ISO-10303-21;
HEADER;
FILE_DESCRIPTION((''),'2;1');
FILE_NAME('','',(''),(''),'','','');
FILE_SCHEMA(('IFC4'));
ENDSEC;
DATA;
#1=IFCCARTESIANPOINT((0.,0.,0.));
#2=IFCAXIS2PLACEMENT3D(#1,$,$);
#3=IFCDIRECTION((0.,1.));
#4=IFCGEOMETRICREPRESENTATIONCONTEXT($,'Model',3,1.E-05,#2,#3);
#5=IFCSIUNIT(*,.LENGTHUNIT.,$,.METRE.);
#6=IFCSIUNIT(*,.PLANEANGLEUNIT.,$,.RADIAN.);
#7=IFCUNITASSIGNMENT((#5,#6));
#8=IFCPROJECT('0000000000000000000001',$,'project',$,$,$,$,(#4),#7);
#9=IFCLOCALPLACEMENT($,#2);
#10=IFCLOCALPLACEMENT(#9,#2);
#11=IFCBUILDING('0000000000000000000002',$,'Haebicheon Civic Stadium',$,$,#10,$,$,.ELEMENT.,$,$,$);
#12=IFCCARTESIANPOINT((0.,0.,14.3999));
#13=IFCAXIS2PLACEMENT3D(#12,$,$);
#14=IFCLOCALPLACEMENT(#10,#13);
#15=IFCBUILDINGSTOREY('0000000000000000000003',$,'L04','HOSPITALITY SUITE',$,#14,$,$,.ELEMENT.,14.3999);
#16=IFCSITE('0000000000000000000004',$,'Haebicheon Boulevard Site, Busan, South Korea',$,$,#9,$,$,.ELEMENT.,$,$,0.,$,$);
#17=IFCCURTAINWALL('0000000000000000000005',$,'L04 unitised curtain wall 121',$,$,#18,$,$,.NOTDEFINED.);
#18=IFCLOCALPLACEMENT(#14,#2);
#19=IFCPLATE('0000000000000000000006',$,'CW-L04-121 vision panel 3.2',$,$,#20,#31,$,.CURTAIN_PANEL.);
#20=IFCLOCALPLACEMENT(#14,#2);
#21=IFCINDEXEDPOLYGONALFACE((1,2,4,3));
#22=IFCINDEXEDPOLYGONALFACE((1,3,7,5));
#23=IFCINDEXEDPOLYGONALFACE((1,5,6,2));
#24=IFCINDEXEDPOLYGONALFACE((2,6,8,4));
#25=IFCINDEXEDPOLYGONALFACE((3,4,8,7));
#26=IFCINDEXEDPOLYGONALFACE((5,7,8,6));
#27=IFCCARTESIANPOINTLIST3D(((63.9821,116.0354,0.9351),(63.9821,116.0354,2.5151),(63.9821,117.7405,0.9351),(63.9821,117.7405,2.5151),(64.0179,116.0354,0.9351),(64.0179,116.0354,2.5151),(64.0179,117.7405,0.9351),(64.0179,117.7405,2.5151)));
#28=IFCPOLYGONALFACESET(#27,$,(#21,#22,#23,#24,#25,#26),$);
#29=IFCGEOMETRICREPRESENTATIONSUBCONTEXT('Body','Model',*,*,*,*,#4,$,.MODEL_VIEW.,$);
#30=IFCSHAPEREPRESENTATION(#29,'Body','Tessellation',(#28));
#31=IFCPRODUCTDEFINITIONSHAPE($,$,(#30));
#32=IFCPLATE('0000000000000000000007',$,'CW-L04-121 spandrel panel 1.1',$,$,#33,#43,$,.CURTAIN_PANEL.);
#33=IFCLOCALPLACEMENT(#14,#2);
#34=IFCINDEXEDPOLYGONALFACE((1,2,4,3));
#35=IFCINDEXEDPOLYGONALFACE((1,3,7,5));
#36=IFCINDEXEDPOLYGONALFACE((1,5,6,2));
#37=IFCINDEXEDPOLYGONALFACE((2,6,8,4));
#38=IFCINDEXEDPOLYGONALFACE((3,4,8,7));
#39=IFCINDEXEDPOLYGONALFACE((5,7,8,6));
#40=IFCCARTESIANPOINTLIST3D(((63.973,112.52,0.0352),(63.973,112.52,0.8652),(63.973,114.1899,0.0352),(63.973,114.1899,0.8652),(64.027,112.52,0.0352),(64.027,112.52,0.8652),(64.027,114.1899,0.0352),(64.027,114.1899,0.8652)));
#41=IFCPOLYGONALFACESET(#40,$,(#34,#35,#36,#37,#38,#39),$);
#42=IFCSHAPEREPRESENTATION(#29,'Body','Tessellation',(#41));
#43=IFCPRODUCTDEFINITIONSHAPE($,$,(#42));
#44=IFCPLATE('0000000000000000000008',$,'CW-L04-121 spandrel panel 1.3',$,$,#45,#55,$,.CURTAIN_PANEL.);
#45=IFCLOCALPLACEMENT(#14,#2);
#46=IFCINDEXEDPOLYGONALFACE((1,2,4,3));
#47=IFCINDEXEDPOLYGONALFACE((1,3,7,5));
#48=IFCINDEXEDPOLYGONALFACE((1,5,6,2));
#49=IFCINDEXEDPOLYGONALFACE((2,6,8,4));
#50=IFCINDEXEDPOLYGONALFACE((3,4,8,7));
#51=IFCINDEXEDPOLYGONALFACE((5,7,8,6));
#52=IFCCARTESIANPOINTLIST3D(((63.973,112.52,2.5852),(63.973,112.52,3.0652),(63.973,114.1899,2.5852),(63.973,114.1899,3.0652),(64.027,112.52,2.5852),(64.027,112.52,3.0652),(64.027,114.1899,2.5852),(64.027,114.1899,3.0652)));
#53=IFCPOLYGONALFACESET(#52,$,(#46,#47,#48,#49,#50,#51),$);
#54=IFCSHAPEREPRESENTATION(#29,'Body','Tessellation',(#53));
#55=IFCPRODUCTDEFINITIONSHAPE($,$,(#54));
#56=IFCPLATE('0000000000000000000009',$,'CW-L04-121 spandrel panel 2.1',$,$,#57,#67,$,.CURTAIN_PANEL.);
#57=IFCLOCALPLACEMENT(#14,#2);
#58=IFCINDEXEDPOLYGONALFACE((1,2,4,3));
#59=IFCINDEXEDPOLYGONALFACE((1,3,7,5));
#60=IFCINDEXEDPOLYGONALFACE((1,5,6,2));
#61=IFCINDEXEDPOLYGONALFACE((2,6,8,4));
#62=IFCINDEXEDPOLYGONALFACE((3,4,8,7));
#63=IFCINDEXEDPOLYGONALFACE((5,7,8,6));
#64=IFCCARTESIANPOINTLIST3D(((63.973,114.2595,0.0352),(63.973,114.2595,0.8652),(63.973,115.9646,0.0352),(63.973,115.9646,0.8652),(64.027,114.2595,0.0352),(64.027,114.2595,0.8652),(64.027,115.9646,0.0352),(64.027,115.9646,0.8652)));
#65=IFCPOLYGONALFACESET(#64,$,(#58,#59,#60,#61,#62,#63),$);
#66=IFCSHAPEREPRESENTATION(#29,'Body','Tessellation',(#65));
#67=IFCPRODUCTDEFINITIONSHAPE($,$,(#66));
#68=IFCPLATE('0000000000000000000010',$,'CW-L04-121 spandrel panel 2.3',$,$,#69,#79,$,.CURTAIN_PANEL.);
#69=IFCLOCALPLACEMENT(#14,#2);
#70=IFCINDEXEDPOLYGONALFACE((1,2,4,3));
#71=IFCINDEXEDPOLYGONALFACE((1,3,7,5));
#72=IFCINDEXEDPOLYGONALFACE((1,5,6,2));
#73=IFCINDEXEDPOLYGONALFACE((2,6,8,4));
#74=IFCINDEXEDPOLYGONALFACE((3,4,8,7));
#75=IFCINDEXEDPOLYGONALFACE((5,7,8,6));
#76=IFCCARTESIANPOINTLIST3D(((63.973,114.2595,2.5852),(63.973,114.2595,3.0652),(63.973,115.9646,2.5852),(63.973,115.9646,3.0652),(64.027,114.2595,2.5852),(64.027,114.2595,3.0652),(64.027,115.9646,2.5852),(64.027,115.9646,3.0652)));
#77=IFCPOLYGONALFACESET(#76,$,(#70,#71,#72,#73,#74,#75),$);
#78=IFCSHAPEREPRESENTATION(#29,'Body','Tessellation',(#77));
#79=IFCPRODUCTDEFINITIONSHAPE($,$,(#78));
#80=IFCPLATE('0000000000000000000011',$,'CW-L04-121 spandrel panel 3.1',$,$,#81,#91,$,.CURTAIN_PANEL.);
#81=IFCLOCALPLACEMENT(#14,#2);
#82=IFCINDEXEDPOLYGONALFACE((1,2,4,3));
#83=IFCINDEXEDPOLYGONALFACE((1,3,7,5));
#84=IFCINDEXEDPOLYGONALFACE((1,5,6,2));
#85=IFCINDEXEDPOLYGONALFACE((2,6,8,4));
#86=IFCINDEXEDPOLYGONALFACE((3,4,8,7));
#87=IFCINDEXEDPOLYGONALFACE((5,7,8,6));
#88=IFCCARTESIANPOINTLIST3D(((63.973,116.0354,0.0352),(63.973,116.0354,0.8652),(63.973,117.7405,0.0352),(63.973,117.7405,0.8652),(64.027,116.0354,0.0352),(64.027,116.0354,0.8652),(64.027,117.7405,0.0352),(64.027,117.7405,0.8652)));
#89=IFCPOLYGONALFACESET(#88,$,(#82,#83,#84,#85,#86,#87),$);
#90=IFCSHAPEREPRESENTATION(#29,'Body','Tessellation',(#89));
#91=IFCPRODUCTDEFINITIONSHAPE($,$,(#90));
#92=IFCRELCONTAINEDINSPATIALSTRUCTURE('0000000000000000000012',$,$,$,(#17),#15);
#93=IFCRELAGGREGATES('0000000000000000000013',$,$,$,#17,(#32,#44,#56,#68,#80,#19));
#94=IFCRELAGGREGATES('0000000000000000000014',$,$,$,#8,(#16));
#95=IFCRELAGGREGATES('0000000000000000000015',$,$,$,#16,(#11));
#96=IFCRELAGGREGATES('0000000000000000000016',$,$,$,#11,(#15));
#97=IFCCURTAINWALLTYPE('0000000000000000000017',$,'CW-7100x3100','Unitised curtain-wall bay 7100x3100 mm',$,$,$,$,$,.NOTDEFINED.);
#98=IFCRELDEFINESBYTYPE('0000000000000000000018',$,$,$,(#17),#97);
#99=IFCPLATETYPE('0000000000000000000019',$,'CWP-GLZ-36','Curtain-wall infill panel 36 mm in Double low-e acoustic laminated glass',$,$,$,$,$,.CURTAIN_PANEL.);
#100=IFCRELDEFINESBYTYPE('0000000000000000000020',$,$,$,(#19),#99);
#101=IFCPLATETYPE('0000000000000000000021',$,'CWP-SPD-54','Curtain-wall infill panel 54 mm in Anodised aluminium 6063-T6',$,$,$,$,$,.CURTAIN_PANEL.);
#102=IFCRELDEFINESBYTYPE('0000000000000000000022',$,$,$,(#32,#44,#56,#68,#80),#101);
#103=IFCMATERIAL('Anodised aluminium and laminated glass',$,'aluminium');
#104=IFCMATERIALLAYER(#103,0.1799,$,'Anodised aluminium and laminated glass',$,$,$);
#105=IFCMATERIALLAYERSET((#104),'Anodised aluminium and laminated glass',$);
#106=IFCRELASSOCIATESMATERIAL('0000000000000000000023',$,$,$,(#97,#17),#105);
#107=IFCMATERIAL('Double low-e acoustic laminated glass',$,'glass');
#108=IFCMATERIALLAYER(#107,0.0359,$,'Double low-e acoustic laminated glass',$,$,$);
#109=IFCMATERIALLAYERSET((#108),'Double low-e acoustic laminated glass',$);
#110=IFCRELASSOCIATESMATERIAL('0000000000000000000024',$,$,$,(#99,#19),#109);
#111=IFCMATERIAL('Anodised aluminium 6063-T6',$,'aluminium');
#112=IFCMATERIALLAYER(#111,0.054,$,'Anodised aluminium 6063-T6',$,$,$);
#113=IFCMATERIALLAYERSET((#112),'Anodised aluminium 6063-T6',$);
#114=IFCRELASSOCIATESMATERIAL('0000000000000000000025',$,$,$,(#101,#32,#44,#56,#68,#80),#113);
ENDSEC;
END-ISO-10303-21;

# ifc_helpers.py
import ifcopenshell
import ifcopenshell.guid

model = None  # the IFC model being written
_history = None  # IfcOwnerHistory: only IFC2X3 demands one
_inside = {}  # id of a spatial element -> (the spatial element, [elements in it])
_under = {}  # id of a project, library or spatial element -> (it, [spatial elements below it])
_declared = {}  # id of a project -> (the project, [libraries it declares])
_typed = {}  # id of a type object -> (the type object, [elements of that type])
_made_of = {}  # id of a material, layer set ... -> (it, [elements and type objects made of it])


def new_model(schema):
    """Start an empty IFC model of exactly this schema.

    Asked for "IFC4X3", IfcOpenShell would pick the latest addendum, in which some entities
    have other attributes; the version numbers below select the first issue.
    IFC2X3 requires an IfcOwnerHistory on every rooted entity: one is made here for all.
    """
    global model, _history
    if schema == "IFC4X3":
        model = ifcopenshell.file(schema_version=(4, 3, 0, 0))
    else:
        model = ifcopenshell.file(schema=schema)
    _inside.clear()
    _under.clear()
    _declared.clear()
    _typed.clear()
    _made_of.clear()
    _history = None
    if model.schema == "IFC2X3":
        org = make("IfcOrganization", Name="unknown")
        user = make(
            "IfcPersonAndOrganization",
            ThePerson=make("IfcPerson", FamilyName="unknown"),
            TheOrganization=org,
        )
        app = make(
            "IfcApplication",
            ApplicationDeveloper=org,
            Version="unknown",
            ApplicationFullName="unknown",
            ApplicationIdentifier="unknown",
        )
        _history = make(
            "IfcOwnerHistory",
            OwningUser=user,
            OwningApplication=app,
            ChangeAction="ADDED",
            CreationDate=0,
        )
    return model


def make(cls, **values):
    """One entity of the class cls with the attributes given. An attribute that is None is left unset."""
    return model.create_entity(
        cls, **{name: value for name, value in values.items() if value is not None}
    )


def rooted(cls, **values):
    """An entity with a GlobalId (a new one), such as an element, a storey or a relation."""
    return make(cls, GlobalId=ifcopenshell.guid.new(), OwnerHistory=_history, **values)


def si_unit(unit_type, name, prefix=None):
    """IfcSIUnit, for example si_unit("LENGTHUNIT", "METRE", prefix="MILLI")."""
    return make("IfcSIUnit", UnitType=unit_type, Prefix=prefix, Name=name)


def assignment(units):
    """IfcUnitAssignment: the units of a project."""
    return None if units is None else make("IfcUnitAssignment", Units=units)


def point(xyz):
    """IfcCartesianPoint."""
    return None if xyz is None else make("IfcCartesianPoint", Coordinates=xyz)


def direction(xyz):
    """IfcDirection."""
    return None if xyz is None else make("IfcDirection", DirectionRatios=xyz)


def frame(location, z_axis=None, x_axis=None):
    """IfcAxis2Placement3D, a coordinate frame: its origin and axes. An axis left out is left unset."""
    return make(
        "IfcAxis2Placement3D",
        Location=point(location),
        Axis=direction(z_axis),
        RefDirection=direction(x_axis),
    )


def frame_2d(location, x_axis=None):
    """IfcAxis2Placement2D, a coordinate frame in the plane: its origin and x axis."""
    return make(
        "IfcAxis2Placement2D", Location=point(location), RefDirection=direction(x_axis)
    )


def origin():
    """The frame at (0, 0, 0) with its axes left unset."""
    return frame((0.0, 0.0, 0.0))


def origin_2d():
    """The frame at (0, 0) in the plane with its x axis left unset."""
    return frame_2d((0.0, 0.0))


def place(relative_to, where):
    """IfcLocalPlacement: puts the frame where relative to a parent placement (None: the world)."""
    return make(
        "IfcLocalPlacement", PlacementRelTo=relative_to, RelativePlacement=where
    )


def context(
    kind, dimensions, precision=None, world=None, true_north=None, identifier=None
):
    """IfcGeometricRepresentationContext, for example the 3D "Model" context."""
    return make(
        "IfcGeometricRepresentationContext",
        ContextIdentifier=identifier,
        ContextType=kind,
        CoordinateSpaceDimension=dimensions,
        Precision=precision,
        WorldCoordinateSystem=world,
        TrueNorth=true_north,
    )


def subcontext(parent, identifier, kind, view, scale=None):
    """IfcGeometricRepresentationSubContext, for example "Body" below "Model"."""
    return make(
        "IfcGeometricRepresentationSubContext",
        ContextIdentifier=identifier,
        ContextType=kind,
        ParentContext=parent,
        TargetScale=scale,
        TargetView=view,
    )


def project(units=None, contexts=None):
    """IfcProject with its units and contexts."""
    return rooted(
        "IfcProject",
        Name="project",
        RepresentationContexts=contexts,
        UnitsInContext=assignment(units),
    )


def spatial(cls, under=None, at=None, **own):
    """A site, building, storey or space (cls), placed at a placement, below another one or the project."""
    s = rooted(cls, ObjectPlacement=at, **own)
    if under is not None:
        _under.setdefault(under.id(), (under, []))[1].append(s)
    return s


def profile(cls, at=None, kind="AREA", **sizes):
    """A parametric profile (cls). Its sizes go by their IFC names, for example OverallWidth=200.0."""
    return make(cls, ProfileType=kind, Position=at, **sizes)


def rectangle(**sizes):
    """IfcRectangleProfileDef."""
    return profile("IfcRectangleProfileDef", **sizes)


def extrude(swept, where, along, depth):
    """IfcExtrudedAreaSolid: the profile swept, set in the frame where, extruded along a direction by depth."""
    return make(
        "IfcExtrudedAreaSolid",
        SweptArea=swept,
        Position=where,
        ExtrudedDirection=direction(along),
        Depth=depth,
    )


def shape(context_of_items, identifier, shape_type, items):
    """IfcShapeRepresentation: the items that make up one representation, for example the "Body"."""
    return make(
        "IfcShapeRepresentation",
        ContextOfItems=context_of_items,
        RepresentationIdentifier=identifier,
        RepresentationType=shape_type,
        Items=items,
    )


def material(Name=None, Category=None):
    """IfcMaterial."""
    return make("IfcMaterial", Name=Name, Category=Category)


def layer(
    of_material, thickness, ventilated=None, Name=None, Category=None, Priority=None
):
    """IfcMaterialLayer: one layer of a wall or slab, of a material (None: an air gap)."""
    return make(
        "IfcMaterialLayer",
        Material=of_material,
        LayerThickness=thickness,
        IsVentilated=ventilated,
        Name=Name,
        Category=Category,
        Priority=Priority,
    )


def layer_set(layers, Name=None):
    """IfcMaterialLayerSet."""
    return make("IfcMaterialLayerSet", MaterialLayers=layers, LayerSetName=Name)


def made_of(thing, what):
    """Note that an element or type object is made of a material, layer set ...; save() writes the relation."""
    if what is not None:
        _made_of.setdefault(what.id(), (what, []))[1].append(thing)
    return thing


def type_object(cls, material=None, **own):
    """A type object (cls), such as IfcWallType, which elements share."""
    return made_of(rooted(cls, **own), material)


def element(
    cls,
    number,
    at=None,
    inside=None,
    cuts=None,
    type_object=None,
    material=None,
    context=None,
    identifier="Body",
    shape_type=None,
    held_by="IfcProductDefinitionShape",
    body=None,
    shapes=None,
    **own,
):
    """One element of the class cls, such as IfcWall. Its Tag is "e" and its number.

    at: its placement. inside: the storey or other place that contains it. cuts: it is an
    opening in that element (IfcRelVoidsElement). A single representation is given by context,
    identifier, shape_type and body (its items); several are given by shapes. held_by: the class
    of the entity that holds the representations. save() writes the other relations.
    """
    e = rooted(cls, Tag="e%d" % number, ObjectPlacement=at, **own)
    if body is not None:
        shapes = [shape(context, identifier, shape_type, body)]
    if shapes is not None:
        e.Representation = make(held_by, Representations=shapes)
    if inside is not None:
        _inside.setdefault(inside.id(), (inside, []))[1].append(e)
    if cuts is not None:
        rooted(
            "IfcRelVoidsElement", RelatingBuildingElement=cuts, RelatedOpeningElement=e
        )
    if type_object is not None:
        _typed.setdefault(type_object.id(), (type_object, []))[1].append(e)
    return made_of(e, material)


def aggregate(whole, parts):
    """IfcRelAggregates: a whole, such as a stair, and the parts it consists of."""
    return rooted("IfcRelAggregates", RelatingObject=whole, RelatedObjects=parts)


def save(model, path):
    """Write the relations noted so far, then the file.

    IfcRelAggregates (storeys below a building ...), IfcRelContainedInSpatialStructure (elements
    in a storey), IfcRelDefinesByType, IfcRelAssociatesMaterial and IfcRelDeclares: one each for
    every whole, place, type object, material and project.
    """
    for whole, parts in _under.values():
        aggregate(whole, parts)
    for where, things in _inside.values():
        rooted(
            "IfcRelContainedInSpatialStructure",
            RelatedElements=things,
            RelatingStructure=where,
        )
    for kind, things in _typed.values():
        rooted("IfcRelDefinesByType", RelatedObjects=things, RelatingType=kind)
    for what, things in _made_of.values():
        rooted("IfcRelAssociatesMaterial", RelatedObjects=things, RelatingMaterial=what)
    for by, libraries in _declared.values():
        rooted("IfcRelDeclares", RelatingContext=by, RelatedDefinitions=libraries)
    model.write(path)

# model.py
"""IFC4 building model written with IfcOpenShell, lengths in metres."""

from ifc_helpers import new_model, si_unit, direction, frame, origin, origin_2d, place, context, subcontext, project, spatial, rectangle, extrude, material, layer, layer_set, type_object, element, aggregate, save


model = new_model("IFC4")

# Units and contexts
model_context = context("Model", 3, precision=1e-05, world=origin(), true_north=direction((0.0, 1.0)))
body_context = subcontext(model_context, "Body", "Model", "MODEL_VIEW")
ifc_project = project(units=[si_unit("LENGTHUNIT", "METRE"), si_unit("PLANEANGLEUNIT", "RADIAN")], contexts=[model_context])

# Site, building, storey
site_placement = place(None, origin())
site = spatial("IfcSite", under=ifc_project, at=site_placement, Name="Haebicheon Boulevard Site, Busan, South Korea", CompositionType="ELEMENT", RefElevation=0.0)
building_placement = place(site_placement, origin())
building = spatial("IfcBuilding", under=site, at=building_placement, Name="Haebicheon Civic Stadium", CompositionType="ELEMENT")
storey_placement = place(building_placement, frame((0.0, 0.0, 14.3999)))
storey = spatial("IfcBuildingStorey", under=building, at=storey_placement, Name="L04", Description="HOSPITALITY SUITE", CompositionType="ELEMENT", Elevation=14.3999)

# Curtain wall, plates
ifc_material_1 = material(Name="Anodised aluminium and laminated glass", Category="aluminium")
ifc_layer_1 = layer(ifc_material_1, 0.1799, Name="Anodised aluminium and laminated glass")
ifc_layer_set_1 = layer_set([ifc_layer_1], Name="Anodised aluminium and laminated glass")
curtain_wall_type = type_object("IfcCurtainWallType", Name="CW-7100x3100", Description="Unitised curtain-wall bay 7100x3100 mm", PredefinedType="NOTDEFINED", material=ifc_layer_set_1)
curtain_wall_placement = place(storey_placement, origin())
curtain_wall = element("IfcCurtainWall", 1, at=curtain_wall_placement, inside=storey, type_object=curtain_wall_type, material=ifc_layer_set_1, Name="L04 unitised curtain wall 121", PredefinedType="NOTDEFINED")
ifc_material_2 = material(Name="Double low-e acoustic laminated glass", Category="glass")
ifc_layer_2 = layer(ifc_material_2, 0.0359, Name="Double low-e acoustic laminated glass")
ifc_layer_set_2 = layer_set([ifc_layer_2], Name="Double low-e acoustic laminated glass")
plate_type_1 = type_object("IfcPlateType", Name="CWP-GLZ-36", Description="Curtain-wall infill panel 36 mm in Double low-e acoustic laminated glass", PredefinedType="CURTAIN_PANEL", material=ifc_layer_set_2)
plate_1_placement = place(storey_placement, frame((64.0, 116.8879, 0.9351), z_axis=(0.0, 0.0, 1.0), x_axis=(0.0, 1.0, 0.0)))
plate_1 = element("IfcPlate", 2, at=plate_1_placement, type_object=plate_type_1, material=ifc_layer_set_2, Name="CW-L04-121 vision panel 3.2", PredefinedType="CURTAIN_PANEL", context=body_context, shape_type="SweptSolid", body=[
    extrude(rectangle(XDim=1.7051, YDim=0.0359, at=origin_2d()), origin(), (0.0, 0.0, 1.0), 1.5801),
])
ifc_material_3 = material(Name="Anodised aluminium 6063-T6", Category="aluminium")
ifc_layer_3 = layer(ifc_material_3, 0.054, Name="Anodised aluminium 6063-T6")
ifc_layer_set_3 = layer_set([ifc_layer_3], Name="Anodised aluminium 6063-T6")
plate_type_2 = type_object("IfcPlateType", Name="CWP-SPD-54", Description="Curtain-wall infill panel 54 mm in Anodised aluminium 6063-T6", PredefinedType="CURTAIN_PANEL", material=ifc_layer_set_3)
plate_2_placement = place(storey_placement, frame((64.0, 113.355, 0.0352), z_axis=(0.0, 0.0, 1.0), x_axis=(0.0, 1.0, 0.0)))
plate_2 = element("IfcPlate", 3, at=plate_2_placement, type_object=plate_type_2, material=ifc_layer_set_3, Name="CW-L04-121 spandrel panel 1.1", PredefinedType="CURTAIN_PANEL", context=body_context, shape_type="SweptSolid", body=[
    extrude(rectangle(XDim=1.6699, YDim=0.054, at=origin_2d()), origin(), (0.0, 0.0, 1.0), 0.8301),
])
plate_3_placement = place(storey_placement, frame((64.0, 113.355, 2.5852), z_axis=(0.0, 0.0, 1.0), x_axis=(0.0, 1.0, 0.0)))
plate_3 = element("IfcPlate", 4, at=plate_3_placement, type_object=plate_type_2, material=ifc_layer_set_3, Name="CW-L04-121 spandrel panel 1.3", PredefinedType="CURTAIN_PANEL", context=body_context, shape_type="SweptSolid", body=[
    extrude(rectangle(XDim=1.6699, YDim=0.054, at=origin_2d()), origin(), (0.0, 0.0, 1.0), 0.48),
])
plate_4_placement = place(storey_placement, frame((64.0, 115.1121, 0.0352), z_axis=(0.0, 0.0, 1.0), x_axis=(0.0, 1.0, 0.0)))
plate_4 = element("IfcPlate", 5, at=plate_4_placement, type_object=plate_type_2, material=ifc_layer_set_3, Name="CW-L04-121 spandrel panel 2.1", PredefinedType="CURTAIN_PANEL", context=body_context, shape_type="SweptSolid", body=[
    extrude(rectangle(XDim=1.7051, YDim=0.054, at=origin_2d()), origin(), (0.0, 0.0, 1.0), 0.8301),
])
plate_5_placement = place(storey_placement, frame((64.0, 115.1121, 2.5852), z_axis=(0.0, 0.0, 1.0), x_axis=(0.0, 1.0, 0.0)))
plate_5 = element("IfcPlate", 6, at=plate_5_placement, type_object=plate_type_2, material=ifc_layer_set_3, Name="CW-L04-121 spandrel panel 2.3", PredefinedType="CURTAIN_PANEL", context=body_context, shape_type="SweptSolid", body=[
    extrude(rectangle(XDim=1.7051, YDim=0.054, at=origin_2d()), origin(), (0.0, 0.0, 1.0), 0.48),
])
plate_6_placement = place(storey_placement, frame((64.0, 116.8879, 0.0352), z_axis=(0.0, 0.0, 1.0), x_axis=(0.0, 1.0, 0.0)))
plate_6 = element("IfcPlate", 7, at=plate_6_placement, type_object=plate_type_2, material=ifc_layer_set_3, Name="CW-L04-121 spandrel panel 3.1", PredefinedType="CURTAIN_PANEL", context=body_context, shape_type="SweptSolid", body=[
    extrude(rectangle(XDim=1.7051, YDim=0.054, at=origin_2d()), origin(), (0.0, 0.0, 1.0), 0.8301),
])
aggregate(curtain_wall, [plate_2, plate_3, plate_4, plate_5, plate_6, plate_1])

save(model, "model.ifc")
